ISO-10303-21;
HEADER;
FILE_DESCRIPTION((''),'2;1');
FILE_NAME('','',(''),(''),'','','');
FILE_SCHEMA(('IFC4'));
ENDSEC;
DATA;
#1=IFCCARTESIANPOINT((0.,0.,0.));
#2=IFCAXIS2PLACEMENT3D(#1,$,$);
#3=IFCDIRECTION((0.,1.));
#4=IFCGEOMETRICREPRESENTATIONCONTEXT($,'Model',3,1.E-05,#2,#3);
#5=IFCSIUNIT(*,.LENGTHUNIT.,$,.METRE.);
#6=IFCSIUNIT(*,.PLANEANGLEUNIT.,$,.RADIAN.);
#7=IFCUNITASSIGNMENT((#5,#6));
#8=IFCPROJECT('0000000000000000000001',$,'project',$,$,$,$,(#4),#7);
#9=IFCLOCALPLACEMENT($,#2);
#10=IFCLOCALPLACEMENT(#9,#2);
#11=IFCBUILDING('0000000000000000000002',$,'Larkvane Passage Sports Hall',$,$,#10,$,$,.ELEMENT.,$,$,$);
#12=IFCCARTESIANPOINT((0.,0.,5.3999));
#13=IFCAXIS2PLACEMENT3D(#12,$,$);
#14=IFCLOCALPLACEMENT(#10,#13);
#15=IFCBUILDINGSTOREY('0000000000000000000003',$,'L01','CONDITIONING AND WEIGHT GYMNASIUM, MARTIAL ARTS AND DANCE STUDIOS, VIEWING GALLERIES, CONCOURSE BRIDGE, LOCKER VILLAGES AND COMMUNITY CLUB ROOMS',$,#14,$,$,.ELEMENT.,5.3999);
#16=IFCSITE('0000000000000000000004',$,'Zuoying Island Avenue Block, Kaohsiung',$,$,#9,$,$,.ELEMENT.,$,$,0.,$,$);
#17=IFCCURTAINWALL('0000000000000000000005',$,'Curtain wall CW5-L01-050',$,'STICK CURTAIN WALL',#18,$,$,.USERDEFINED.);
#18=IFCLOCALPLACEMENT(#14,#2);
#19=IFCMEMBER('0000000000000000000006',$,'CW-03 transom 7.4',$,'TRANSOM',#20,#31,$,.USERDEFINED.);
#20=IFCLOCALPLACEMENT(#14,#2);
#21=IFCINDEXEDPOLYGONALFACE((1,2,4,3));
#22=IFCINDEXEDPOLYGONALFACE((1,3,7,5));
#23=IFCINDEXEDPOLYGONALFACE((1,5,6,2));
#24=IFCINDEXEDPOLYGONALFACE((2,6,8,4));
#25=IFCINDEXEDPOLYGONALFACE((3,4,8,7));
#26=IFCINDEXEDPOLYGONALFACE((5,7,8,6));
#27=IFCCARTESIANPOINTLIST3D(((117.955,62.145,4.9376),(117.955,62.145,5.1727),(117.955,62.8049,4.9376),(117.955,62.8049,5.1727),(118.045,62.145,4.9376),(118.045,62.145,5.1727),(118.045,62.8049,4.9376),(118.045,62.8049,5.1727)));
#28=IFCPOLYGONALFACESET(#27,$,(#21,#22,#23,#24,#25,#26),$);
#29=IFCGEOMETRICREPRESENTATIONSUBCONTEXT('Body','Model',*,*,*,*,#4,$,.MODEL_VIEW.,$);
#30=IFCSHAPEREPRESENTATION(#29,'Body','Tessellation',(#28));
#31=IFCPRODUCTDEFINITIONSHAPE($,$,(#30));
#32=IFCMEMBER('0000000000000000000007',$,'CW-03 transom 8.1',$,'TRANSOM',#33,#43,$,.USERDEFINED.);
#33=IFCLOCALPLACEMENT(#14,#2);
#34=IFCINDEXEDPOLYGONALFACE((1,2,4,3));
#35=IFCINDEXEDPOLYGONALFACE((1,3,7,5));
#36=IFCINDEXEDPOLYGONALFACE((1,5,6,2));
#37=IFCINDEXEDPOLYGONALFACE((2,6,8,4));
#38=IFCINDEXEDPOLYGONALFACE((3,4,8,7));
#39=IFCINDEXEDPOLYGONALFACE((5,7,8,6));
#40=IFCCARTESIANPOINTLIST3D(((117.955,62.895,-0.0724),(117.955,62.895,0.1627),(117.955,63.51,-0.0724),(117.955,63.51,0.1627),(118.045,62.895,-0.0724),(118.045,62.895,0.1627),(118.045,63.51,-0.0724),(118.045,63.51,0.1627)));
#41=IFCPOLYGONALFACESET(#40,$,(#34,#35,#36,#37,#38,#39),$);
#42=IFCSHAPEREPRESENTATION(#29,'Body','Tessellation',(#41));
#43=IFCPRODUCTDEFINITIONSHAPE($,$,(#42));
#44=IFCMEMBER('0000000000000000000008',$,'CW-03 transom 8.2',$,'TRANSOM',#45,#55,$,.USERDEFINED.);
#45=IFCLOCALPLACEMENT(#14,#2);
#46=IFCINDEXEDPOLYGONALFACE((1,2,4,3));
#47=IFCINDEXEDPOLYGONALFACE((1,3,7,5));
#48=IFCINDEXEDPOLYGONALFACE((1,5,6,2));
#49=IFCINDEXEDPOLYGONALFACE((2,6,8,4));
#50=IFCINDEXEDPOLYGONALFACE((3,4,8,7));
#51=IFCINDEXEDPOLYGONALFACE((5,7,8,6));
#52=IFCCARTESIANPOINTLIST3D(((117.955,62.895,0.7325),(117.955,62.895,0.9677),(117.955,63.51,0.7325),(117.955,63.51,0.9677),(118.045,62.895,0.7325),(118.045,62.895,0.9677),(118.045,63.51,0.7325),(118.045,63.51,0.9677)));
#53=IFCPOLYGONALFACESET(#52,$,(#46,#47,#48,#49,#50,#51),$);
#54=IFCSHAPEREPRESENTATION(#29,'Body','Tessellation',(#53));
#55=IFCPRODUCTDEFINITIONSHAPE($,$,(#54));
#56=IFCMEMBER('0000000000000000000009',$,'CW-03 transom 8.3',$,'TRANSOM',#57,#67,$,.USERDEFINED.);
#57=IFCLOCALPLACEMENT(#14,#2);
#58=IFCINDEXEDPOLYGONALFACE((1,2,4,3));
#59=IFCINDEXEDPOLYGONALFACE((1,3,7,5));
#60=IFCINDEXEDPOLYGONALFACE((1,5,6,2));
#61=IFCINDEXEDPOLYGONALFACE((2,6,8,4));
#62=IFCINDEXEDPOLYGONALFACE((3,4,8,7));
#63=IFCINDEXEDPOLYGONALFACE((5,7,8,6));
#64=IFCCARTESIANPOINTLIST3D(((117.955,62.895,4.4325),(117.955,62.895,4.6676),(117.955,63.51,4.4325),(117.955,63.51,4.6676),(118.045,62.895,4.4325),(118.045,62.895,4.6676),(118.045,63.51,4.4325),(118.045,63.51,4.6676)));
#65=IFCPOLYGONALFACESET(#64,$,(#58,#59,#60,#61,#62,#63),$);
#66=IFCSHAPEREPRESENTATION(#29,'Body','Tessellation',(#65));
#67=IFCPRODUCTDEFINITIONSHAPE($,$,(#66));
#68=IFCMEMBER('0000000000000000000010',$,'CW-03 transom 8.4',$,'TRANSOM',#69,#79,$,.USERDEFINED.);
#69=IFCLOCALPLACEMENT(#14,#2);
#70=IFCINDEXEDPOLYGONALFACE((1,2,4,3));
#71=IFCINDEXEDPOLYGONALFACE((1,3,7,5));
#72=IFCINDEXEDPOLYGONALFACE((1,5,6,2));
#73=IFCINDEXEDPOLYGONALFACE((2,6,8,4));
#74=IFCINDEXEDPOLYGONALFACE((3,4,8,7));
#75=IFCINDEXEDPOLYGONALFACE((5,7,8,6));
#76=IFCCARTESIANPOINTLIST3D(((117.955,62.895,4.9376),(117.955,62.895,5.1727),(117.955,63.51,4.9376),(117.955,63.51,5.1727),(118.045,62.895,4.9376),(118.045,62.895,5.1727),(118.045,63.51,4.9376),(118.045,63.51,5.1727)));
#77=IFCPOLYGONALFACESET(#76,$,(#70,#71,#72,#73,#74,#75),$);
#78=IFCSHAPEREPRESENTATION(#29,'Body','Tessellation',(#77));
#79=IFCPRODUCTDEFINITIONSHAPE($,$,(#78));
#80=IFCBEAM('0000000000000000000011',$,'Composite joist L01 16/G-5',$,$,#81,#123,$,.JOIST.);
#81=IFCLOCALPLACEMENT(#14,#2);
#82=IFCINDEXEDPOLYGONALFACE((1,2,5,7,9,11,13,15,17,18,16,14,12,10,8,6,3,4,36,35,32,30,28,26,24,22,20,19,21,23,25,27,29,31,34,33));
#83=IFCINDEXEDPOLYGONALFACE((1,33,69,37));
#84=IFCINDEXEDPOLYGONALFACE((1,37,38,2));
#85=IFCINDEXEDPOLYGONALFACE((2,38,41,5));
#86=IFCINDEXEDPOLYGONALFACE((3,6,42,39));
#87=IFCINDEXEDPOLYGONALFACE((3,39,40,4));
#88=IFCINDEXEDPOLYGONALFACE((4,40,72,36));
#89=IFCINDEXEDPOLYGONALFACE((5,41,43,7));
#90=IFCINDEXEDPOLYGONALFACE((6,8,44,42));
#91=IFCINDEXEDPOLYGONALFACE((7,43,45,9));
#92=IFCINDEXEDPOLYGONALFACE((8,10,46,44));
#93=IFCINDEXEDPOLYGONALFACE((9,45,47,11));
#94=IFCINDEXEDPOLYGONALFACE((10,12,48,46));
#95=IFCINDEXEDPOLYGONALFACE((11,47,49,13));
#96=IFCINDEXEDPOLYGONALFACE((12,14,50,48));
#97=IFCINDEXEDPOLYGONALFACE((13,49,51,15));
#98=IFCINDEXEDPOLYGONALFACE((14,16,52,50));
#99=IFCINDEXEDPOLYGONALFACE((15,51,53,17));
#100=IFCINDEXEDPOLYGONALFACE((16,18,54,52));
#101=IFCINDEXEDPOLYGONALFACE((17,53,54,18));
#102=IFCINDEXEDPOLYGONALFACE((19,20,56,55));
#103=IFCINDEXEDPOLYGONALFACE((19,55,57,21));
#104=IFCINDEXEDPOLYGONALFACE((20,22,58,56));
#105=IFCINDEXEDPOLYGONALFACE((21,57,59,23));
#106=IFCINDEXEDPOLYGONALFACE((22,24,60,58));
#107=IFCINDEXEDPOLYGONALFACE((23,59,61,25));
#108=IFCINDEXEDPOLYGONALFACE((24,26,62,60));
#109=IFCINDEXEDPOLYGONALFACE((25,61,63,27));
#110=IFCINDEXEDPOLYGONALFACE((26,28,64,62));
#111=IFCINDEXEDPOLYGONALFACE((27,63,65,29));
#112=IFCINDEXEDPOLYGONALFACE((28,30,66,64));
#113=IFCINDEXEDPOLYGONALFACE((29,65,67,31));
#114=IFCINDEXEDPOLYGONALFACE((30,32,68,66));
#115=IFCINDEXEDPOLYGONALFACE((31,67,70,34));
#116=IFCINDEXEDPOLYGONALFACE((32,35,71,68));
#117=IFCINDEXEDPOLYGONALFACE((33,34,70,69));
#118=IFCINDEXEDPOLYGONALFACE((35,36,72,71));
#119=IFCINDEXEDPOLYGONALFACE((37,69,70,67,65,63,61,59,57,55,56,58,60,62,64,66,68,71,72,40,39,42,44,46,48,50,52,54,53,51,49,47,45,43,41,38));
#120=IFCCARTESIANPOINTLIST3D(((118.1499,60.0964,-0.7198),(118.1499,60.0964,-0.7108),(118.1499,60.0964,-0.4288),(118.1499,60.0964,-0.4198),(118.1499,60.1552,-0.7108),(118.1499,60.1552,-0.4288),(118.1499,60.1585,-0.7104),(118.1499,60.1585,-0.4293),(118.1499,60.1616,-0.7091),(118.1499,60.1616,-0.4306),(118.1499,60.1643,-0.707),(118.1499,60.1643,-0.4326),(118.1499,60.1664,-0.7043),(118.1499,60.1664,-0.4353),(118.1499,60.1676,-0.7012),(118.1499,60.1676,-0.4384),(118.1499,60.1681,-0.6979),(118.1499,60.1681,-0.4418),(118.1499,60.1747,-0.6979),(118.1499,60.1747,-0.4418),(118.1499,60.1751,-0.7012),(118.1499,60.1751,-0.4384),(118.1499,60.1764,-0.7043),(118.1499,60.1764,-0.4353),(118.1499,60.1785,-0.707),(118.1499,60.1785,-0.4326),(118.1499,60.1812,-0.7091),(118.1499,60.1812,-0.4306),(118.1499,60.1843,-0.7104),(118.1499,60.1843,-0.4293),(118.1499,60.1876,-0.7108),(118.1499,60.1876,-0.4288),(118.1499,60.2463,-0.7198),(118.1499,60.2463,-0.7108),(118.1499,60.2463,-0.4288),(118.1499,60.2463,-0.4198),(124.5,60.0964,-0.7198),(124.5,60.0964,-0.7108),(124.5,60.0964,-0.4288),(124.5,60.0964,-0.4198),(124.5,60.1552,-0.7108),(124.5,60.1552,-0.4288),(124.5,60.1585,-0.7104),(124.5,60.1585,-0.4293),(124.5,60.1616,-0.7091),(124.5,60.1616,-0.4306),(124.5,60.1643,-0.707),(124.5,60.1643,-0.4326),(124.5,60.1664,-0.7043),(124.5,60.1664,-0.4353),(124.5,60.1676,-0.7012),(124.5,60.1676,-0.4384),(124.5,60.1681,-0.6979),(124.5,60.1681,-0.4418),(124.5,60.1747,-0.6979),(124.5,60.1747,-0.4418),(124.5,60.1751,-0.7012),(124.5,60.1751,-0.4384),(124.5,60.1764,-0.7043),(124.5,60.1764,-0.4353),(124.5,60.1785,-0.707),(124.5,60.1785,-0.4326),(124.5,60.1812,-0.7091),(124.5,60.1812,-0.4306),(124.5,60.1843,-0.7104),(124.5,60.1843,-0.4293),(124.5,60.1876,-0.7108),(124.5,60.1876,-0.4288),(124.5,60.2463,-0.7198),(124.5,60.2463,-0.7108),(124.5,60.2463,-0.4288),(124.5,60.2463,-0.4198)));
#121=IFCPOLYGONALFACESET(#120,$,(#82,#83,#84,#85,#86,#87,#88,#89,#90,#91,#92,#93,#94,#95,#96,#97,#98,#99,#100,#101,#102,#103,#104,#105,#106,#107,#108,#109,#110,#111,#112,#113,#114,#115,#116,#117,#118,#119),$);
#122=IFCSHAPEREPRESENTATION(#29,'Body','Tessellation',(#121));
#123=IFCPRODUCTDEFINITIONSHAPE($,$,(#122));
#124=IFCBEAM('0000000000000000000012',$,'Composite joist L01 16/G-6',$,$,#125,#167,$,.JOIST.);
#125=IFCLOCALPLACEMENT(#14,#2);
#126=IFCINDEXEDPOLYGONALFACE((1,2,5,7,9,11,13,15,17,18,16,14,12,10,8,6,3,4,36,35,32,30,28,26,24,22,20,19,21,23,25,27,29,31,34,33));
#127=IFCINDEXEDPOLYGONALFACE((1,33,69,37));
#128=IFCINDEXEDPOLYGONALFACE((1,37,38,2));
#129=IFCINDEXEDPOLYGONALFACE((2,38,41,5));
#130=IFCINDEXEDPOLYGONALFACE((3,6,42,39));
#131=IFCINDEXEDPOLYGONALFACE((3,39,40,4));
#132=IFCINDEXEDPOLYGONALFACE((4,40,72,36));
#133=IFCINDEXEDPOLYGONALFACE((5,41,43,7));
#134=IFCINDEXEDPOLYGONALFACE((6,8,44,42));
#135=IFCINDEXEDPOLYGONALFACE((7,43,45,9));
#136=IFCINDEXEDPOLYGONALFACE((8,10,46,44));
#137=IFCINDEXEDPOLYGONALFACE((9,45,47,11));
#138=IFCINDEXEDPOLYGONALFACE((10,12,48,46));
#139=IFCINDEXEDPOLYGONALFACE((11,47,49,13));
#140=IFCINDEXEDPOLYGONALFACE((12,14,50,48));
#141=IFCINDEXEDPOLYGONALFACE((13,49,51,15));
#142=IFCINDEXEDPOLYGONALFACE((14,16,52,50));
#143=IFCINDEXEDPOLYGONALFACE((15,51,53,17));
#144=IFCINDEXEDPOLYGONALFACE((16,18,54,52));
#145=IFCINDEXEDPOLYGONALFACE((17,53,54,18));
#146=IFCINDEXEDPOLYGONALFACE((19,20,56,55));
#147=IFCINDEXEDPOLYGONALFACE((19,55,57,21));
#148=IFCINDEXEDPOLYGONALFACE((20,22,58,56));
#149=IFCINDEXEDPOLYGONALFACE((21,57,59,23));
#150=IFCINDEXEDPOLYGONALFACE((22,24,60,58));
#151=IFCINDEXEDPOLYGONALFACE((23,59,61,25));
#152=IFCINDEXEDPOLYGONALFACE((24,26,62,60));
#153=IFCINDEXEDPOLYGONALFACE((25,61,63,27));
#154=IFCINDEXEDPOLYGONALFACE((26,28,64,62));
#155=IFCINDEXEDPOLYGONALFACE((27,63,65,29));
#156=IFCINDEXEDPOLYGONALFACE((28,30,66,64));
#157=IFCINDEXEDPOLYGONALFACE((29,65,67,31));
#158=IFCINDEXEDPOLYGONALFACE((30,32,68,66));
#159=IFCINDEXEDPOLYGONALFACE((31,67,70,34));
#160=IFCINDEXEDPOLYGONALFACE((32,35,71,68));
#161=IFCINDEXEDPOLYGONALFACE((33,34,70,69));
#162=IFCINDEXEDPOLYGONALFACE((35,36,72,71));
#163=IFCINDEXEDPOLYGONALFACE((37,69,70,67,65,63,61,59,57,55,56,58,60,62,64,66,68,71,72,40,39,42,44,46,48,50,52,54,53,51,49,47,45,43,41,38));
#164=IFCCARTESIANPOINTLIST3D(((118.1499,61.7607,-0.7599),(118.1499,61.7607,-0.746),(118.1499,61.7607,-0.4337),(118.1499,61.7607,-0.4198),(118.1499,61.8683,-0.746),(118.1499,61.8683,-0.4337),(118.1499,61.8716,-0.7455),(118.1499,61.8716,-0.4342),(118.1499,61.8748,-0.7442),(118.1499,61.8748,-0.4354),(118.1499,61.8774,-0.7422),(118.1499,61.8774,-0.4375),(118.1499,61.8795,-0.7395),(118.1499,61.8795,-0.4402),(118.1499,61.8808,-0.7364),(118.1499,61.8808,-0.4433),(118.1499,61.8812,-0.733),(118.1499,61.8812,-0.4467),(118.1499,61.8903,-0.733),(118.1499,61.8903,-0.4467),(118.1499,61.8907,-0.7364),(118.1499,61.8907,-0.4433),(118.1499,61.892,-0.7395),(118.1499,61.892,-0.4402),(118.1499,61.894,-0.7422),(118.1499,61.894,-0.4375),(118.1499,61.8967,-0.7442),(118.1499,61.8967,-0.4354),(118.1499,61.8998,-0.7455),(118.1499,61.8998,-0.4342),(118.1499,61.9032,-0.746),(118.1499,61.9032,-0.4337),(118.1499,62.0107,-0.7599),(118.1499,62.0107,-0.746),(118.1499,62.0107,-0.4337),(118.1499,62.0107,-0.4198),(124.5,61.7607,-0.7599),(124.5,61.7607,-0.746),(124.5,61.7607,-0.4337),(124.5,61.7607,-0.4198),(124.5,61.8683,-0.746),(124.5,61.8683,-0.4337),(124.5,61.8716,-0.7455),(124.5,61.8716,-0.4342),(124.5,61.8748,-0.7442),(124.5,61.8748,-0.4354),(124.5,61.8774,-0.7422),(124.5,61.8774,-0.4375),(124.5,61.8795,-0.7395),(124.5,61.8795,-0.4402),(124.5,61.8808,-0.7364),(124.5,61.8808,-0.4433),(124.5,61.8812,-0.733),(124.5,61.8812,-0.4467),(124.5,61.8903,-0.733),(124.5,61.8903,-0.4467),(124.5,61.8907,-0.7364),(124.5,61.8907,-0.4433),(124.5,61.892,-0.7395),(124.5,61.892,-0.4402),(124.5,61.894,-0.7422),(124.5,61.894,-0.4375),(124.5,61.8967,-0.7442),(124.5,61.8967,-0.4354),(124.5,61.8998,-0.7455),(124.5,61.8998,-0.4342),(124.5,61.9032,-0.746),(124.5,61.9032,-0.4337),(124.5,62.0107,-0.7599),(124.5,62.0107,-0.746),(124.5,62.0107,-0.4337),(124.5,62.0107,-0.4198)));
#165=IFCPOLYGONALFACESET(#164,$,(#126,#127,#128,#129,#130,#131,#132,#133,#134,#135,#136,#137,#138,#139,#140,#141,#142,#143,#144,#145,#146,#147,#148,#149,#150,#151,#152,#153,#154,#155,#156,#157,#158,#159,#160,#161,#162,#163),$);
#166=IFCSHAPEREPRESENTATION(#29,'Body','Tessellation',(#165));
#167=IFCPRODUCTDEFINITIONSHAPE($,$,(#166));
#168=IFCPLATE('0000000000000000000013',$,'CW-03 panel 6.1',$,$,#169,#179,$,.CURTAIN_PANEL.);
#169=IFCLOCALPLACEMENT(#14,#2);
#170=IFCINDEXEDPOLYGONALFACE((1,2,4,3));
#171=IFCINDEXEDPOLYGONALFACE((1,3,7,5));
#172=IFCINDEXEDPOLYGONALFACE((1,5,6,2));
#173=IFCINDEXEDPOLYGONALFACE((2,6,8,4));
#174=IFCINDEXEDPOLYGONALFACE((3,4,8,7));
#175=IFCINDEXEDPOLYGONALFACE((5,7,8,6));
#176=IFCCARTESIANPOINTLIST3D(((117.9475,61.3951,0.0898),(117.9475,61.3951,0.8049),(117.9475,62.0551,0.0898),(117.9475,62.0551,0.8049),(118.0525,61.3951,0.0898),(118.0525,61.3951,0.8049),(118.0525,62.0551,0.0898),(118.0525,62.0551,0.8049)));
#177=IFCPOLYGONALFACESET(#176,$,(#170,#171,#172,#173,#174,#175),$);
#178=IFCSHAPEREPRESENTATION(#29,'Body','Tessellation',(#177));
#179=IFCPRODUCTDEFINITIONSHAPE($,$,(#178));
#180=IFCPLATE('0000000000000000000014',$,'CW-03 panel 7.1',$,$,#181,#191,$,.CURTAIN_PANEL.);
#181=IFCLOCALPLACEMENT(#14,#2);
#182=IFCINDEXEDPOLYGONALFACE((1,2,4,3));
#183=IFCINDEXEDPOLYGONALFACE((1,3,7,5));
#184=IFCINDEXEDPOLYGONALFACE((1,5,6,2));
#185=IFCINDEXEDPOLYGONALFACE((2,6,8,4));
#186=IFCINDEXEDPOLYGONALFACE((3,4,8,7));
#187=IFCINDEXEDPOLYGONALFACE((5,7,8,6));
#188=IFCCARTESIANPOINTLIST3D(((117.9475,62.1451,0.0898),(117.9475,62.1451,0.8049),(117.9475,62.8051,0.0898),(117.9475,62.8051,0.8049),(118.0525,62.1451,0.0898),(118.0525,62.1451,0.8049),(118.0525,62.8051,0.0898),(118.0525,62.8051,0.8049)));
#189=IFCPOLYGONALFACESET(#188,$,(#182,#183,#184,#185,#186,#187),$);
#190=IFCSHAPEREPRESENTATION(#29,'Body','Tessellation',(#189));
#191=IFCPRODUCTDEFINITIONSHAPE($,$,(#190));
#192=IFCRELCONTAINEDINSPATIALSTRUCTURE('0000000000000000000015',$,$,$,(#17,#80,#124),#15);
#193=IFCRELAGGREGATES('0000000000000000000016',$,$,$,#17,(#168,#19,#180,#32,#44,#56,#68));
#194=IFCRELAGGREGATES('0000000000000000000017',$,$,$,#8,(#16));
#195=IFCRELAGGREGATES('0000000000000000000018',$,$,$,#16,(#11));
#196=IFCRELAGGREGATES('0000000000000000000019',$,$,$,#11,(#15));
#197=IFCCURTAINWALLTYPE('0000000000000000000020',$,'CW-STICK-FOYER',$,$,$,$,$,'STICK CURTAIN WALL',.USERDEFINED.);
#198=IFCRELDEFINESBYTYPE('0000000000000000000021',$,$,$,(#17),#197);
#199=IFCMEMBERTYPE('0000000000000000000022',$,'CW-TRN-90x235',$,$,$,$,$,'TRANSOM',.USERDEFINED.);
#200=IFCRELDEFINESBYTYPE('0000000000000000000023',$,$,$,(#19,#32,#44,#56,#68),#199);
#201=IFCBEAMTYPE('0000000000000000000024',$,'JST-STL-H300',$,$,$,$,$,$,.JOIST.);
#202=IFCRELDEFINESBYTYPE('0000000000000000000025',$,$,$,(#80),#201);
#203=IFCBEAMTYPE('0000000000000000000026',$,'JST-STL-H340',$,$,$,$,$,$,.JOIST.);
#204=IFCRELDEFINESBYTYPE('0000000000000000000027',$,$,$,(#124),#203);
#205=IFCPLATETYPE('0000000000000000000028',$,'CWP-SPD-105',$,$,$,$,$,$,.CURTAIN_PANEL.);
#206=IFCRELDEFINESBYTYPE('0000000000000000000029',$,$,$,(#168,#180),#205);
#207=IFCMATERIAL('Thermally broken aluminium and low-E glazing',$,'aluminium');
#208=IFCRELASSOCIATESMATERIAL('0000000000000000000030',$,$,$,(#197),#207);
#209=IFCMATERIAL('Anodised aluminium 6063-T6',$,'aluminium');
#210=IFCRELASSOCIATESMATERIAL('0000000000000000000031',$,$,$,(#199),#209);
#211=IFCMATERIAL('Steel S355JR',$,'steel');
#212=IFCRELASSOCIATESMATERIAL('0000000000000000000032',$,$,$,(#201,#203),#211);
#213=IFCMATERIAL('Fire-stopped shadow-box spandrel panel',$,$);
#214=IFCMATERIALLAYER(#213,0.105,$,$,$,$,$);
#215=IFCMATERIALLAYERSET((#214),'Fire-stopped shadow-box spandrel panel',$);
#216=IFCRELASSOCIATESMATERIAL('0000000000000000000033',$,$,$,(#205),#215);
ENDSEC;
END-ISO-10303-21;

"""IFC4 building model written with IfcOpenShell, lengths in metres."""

from ifc_helpers import new_model, si_unit, direction, frame, origin, origin_2d, place, context, subcontext, project, spatial, rectangle, i_section, extrude, material, layer, layer_set, material_profile, profile_set, type_object, element, aggregate, save


model = new_model("IFC4")

# Units and contexts
model_context = context("Model", 3, precision=1e-05, world=origin(), true_north=direction((0.0, 1.0)))
body_context = subcontext(model_context, "Body", "Model", "MODEL_VIEW")
ifc_project = project(units=[si_unit("LENGTHUNIT", "METRE"), si_unit("PLANEANGLEUNIT", "RADIAN")], contexts=[model_context])

# Site, building, storey
site_placement = place(None, origin())
site = spatial("IfcSite", under=ifc_project, at=site_placement, Name="Zuoying Island Avenue Block, Kaohsiung", CompositionType="ELEMENT", RefElevation=0.0)
building_placement = place(site_placement, origin())
building = spatial("IfcBuilding", under=site, at=building_placement, Name="Larkvane Passage Sports Hall", CompositionType="ELEMENT")
storey_placement = place(building_placement, frame((0.0, 0.0, 5.3999)))
storey = spatial("IfcBuildingStorey", under=building, at=storey_placement, Name="L01", Description="CONDITIONING AND WEIGHT GYMNASIUM, MARTIAL ARTS AND DANCE STUDIOS, VIEWING GALLERIES, CONCOURSE BRIDGE, LOCKER VILLAGES AND COMMUNITY CLUB ROOMS", CompositionType="ELEMENT", Elevation=5.3999)

# Shared definitions
ifc_material_1 = material(Name="Steel S355JR", Category="steel")

# Curtain wall, members
ifc_material_2 = material(Name="Thermally broken aluminium and low-E glazing", Category="aluminium")
curtain_wall_type = type_object("IfcCurtainWallType", Name="CW-STICK-FOYER", ElementType="STICK CURTAIN WALL", PredefinedType="USERDEFINED", material=ifc_material_2)
curtain_wall_placement = place(storey_placement, origin())
curtain_wall = element("IfcCurtainWall", 1, at=curtain_wall_placement, inside=storey, type_object=curtain_wall_type, Name="Curtain wall CW5-L01-050", ObjectType="STICK CURTAIN WALL", PredefinedType="USERDEFINED")
ifc_material_3 = material(Name="Anodised aluminium 6063-T6", Category="aluminium")
ifc_material_profile_1 = material_profile(ifc_material_3, rectangle(XDim=0.0901, YDim=0.2351, at=origin_2d()), Name="ALU-TRN-90x235")
ifc_profile_set_1 = profile_set([ifc_material_profile_1], Name="Anodised aluminium 6063-T6")
member_type_1 = type_object("IfcMemberType", Name="CW-TRN-90x235", ElementType="TRANSOM", PredefinedType="USERDEFINED", material=ifc_profile_set_1)
member_1_placement = place(storey_placement, frame((118.0, 62.145, 5.0552), z_axis=(0.0, 1.0, 0.0), x_axis=(-1.0, 0.0, 0.0)))
member_1 = element("IfcMember", 2, at=member_1_placement, type_object=member_type_1, Name="CW-03 transom 7.4", ObjectType="TRANSOM", PredefinedType="USERDEFINED", context=body_context, shape_type="SweptSolid", body=[
    extrude(rectangle(XDim=0.0901, YDim=0.2351, at=origin_2d()), origin(), (0.0, 0.0, 1.0), 0.6599),
])
member_2_placement = place(storey_placement, frame((118.0, 62.895, 0.0452), z_axis=(0.0, 1.0, 0.0), x_axis=(-1.0, 0.0, 0.0)))
member_2 = element("IfcMember", 3, at=member_2_placement, type_object=member_type_1, Name="CW-03 transom 8.1", ObjectType="TRANSOM", PredefinedType="USERDEFINED", context=body_context, shape_type="SweptSolid", body=[
    extrude(rectangle(XDim=0.0901, YDim=0.2351, at=origin_2d()), origin(), (0.0, 0.0, 1.0), 0.615),
])
member_3_placement = place(storey_placement, frame((118.0, 62.895, 0.8501), z_axis=(0.0, 1.0, 0.0), x_axis=(-1.0, 0.0, 0.0)))
member_3 = element("IfcMember", 4, at=member_3_placement, type_object=member_type_1, Name="CW-03 transom 8.2", ObjectType="TRANSOM", PredefinedType="USERDEFINED", context=body_context, shape_type="SweptSolid", body=[
    extrude(rectangle(XDim=0.0901, YDim=0.2351, at=origin_2d()), origin(), (0.0, 0.0, 1.0), 0.615),
])
member_4_placement = place(storey_placement, frame((118.0, 62.895, 4.55), z_axis=(0.0, 1.0, 0.0), x_axis=(-1.0, 0.0, 0.0)))
member_4 = element("IfcMember", 5, at=member_4_placement, type_object=member_type_1, Name="CW-03 transom 8.3", ObjectType="TRANSOM", PredefinedType="USERDEFINED", context=body_context, shape_type="SweptSolid", body=[
    extrude(rectangle(XDim=0.0901, YDim=0.2351, at=origin_2d()), origin(), (0.0, 0.0, 1.0), 0.615),
])
member_5_placement = place(storey_placement, frame((118.0, 62.895, 5.0552), z_axis=(0.0, 1.0, 0.0), x_axis=(-1.0, 0.0, 0.0)))
member_5 = element("IfcMember", 6, at=member_5_placement, type_object=member_type_1, Name="CW-03 transom 8.4", ObjectType="TRANSOM", PredefinedType="USERDEFINED", context=body_context, shape_type="SweptSolid", body=[
    extrude(rectangle(XDim=0.0901, YDim=0.2351, at=origin_2d()), origin(), (0.0, 0.0, 1.0), 0.615),
])

# Beams
ifc_material_profile_2 = material_profile(ifc_material_1, i_section(OverallWidth=0.1499, OverallDepth=0.3, WebThickness=0.0066, FlangeThickness=0.009, FilletRadius=0.0129, at=origin_2d()), Name="H-300x150x6.5x9")
ifc_profile_set_2 = profile_set([ifc_material_profile_2], Name="Steel S355JR")
beam_type_1 = type_object("IfcBeamType", Name="JST-STL-H300", PredefinedType="JOIST", material=ifc_profile_set_2)
beam_1_placement = place(storey_placement, frame((118.1499, 60.1714, -0.5698), z_axis=(1.0, 0.0, 0.0), x_axis=(0.0, 1.0, 0.0)))
element("IfcBeam", 7, at=beam_1_placement, inside=storey, type_object=beam_type_1, Name="Composite joist L01 16/G-5", PredefinedType="JOIST", context=body_context, shape_type="SweptSolid", body=[
    extrude(i_section(OverallWidth=0.1499, OverallDepth=0.3, WebThickness=0.0066, FlangeThickness=0.009, FilletRadius=0.0129, at=origin_2d()), origin(), (0.0, 0.0, 1.0), 6.3501),
])
ifc_material_profile_3 = material_profile(ifc_material_1, i_section(OverallWidth=0.25, OverallDepth=0.3401, WebThickness=0.009, FlangeThickness=0.0139, FilletRadius=0.0129, at=origin_2d()), Name="H-340x250x9x14")
ifc_profile_set_3 = profile_set([ifc_material_profile_3], Name="Steel S355JR")
beam_type_2 = type_object("IfcBeamType", Name="JST-STL-H340", PredefinedType="JOIST", material=ifc_profile_set_3)
beam_2_placement = place(storey_placement, frame((118.1499, 61.8857, -0.5898), z_axis=(1.0, 0.0, 0.0), x_axis=(0.0, 1.0, 0.0)))
element("IfcBeam", 8, at=beam_2_placement, inside=storey, type_object=beam_type_2, Name="Composite joist L01 16/G-6", PredefinedType="JOIST", context=body_context, shape_type="SweptSolid", body=[
    extrude(i_section(OverallWidth=0.25, OverallDepth=0.3401, WebThickness=0.009, FlangeThickness=0.0139, FilletRadius=0.0129, at=origin_2d()), origin(), (0.0, 0.0, 1.0), 6.3501),
])

# Plates
ifc_material_4 = material(Name="Fire-stopped shadow-box spandrel panel")
ifc_layer_1 = layer(ifc_material_4, 0.105)
ifc_layer_set_1 = layer_set([ifc_layer_1], Name="Fire-stopped shadow-box spandrel panel")
plate_type_1 = type_object("IfcPlateType", Name="CWP-SPD-105", PredefinedType="CURTAIN_PANEL", material=ifc_layer_set_1)
plate_1_placement = place(storey_placement, frame((118.0, 61.7251, 0.0898), z_axis=(0.0, 0.0, 1.0), x_axis=(0.0, 1.0, 0.0)))
plate_1 = element("IfcPlate", 9, at=plate_1_placement, type_object=plate_type_1, Name="CW-03 panel 6.1", PredefinedType="CURTAIN_PANEL", context=body_context, shape_type="SweptSolid", body=[
    extrude(rectangle(XDim=0.6599, YDim=0.105, at=origin_2d()), origin(), (0.0, 0.0, 1.0), 0.7151),
])
plate_2_placement = place(storey_placement, frame((118.0, 62.4751, 0.0898), z_axis=(0.0, 0.0, 1.0), x_axis=(0.0, 1.0, 0.0)))
plate_2 = element("IfcPlate", 10, at=plate_2_placement, type_object=plate_type_1, Name="CW-03 panel 7.1", PredefinedType="CURTAIN_PANEL", context=body_context, shape_type="SweptSolid", body=[
    extrude(rectangle(XDim=0.6599, YDim=0.105, at=origin_2d()), origin(), (0.0, 0.0, 1.0), 0.7151),
])
aggregate(curtain_wall, [plate_1, member_1, plate_2, member_2, member_3, member_4, member_5])

save(model, "model.ifc")
